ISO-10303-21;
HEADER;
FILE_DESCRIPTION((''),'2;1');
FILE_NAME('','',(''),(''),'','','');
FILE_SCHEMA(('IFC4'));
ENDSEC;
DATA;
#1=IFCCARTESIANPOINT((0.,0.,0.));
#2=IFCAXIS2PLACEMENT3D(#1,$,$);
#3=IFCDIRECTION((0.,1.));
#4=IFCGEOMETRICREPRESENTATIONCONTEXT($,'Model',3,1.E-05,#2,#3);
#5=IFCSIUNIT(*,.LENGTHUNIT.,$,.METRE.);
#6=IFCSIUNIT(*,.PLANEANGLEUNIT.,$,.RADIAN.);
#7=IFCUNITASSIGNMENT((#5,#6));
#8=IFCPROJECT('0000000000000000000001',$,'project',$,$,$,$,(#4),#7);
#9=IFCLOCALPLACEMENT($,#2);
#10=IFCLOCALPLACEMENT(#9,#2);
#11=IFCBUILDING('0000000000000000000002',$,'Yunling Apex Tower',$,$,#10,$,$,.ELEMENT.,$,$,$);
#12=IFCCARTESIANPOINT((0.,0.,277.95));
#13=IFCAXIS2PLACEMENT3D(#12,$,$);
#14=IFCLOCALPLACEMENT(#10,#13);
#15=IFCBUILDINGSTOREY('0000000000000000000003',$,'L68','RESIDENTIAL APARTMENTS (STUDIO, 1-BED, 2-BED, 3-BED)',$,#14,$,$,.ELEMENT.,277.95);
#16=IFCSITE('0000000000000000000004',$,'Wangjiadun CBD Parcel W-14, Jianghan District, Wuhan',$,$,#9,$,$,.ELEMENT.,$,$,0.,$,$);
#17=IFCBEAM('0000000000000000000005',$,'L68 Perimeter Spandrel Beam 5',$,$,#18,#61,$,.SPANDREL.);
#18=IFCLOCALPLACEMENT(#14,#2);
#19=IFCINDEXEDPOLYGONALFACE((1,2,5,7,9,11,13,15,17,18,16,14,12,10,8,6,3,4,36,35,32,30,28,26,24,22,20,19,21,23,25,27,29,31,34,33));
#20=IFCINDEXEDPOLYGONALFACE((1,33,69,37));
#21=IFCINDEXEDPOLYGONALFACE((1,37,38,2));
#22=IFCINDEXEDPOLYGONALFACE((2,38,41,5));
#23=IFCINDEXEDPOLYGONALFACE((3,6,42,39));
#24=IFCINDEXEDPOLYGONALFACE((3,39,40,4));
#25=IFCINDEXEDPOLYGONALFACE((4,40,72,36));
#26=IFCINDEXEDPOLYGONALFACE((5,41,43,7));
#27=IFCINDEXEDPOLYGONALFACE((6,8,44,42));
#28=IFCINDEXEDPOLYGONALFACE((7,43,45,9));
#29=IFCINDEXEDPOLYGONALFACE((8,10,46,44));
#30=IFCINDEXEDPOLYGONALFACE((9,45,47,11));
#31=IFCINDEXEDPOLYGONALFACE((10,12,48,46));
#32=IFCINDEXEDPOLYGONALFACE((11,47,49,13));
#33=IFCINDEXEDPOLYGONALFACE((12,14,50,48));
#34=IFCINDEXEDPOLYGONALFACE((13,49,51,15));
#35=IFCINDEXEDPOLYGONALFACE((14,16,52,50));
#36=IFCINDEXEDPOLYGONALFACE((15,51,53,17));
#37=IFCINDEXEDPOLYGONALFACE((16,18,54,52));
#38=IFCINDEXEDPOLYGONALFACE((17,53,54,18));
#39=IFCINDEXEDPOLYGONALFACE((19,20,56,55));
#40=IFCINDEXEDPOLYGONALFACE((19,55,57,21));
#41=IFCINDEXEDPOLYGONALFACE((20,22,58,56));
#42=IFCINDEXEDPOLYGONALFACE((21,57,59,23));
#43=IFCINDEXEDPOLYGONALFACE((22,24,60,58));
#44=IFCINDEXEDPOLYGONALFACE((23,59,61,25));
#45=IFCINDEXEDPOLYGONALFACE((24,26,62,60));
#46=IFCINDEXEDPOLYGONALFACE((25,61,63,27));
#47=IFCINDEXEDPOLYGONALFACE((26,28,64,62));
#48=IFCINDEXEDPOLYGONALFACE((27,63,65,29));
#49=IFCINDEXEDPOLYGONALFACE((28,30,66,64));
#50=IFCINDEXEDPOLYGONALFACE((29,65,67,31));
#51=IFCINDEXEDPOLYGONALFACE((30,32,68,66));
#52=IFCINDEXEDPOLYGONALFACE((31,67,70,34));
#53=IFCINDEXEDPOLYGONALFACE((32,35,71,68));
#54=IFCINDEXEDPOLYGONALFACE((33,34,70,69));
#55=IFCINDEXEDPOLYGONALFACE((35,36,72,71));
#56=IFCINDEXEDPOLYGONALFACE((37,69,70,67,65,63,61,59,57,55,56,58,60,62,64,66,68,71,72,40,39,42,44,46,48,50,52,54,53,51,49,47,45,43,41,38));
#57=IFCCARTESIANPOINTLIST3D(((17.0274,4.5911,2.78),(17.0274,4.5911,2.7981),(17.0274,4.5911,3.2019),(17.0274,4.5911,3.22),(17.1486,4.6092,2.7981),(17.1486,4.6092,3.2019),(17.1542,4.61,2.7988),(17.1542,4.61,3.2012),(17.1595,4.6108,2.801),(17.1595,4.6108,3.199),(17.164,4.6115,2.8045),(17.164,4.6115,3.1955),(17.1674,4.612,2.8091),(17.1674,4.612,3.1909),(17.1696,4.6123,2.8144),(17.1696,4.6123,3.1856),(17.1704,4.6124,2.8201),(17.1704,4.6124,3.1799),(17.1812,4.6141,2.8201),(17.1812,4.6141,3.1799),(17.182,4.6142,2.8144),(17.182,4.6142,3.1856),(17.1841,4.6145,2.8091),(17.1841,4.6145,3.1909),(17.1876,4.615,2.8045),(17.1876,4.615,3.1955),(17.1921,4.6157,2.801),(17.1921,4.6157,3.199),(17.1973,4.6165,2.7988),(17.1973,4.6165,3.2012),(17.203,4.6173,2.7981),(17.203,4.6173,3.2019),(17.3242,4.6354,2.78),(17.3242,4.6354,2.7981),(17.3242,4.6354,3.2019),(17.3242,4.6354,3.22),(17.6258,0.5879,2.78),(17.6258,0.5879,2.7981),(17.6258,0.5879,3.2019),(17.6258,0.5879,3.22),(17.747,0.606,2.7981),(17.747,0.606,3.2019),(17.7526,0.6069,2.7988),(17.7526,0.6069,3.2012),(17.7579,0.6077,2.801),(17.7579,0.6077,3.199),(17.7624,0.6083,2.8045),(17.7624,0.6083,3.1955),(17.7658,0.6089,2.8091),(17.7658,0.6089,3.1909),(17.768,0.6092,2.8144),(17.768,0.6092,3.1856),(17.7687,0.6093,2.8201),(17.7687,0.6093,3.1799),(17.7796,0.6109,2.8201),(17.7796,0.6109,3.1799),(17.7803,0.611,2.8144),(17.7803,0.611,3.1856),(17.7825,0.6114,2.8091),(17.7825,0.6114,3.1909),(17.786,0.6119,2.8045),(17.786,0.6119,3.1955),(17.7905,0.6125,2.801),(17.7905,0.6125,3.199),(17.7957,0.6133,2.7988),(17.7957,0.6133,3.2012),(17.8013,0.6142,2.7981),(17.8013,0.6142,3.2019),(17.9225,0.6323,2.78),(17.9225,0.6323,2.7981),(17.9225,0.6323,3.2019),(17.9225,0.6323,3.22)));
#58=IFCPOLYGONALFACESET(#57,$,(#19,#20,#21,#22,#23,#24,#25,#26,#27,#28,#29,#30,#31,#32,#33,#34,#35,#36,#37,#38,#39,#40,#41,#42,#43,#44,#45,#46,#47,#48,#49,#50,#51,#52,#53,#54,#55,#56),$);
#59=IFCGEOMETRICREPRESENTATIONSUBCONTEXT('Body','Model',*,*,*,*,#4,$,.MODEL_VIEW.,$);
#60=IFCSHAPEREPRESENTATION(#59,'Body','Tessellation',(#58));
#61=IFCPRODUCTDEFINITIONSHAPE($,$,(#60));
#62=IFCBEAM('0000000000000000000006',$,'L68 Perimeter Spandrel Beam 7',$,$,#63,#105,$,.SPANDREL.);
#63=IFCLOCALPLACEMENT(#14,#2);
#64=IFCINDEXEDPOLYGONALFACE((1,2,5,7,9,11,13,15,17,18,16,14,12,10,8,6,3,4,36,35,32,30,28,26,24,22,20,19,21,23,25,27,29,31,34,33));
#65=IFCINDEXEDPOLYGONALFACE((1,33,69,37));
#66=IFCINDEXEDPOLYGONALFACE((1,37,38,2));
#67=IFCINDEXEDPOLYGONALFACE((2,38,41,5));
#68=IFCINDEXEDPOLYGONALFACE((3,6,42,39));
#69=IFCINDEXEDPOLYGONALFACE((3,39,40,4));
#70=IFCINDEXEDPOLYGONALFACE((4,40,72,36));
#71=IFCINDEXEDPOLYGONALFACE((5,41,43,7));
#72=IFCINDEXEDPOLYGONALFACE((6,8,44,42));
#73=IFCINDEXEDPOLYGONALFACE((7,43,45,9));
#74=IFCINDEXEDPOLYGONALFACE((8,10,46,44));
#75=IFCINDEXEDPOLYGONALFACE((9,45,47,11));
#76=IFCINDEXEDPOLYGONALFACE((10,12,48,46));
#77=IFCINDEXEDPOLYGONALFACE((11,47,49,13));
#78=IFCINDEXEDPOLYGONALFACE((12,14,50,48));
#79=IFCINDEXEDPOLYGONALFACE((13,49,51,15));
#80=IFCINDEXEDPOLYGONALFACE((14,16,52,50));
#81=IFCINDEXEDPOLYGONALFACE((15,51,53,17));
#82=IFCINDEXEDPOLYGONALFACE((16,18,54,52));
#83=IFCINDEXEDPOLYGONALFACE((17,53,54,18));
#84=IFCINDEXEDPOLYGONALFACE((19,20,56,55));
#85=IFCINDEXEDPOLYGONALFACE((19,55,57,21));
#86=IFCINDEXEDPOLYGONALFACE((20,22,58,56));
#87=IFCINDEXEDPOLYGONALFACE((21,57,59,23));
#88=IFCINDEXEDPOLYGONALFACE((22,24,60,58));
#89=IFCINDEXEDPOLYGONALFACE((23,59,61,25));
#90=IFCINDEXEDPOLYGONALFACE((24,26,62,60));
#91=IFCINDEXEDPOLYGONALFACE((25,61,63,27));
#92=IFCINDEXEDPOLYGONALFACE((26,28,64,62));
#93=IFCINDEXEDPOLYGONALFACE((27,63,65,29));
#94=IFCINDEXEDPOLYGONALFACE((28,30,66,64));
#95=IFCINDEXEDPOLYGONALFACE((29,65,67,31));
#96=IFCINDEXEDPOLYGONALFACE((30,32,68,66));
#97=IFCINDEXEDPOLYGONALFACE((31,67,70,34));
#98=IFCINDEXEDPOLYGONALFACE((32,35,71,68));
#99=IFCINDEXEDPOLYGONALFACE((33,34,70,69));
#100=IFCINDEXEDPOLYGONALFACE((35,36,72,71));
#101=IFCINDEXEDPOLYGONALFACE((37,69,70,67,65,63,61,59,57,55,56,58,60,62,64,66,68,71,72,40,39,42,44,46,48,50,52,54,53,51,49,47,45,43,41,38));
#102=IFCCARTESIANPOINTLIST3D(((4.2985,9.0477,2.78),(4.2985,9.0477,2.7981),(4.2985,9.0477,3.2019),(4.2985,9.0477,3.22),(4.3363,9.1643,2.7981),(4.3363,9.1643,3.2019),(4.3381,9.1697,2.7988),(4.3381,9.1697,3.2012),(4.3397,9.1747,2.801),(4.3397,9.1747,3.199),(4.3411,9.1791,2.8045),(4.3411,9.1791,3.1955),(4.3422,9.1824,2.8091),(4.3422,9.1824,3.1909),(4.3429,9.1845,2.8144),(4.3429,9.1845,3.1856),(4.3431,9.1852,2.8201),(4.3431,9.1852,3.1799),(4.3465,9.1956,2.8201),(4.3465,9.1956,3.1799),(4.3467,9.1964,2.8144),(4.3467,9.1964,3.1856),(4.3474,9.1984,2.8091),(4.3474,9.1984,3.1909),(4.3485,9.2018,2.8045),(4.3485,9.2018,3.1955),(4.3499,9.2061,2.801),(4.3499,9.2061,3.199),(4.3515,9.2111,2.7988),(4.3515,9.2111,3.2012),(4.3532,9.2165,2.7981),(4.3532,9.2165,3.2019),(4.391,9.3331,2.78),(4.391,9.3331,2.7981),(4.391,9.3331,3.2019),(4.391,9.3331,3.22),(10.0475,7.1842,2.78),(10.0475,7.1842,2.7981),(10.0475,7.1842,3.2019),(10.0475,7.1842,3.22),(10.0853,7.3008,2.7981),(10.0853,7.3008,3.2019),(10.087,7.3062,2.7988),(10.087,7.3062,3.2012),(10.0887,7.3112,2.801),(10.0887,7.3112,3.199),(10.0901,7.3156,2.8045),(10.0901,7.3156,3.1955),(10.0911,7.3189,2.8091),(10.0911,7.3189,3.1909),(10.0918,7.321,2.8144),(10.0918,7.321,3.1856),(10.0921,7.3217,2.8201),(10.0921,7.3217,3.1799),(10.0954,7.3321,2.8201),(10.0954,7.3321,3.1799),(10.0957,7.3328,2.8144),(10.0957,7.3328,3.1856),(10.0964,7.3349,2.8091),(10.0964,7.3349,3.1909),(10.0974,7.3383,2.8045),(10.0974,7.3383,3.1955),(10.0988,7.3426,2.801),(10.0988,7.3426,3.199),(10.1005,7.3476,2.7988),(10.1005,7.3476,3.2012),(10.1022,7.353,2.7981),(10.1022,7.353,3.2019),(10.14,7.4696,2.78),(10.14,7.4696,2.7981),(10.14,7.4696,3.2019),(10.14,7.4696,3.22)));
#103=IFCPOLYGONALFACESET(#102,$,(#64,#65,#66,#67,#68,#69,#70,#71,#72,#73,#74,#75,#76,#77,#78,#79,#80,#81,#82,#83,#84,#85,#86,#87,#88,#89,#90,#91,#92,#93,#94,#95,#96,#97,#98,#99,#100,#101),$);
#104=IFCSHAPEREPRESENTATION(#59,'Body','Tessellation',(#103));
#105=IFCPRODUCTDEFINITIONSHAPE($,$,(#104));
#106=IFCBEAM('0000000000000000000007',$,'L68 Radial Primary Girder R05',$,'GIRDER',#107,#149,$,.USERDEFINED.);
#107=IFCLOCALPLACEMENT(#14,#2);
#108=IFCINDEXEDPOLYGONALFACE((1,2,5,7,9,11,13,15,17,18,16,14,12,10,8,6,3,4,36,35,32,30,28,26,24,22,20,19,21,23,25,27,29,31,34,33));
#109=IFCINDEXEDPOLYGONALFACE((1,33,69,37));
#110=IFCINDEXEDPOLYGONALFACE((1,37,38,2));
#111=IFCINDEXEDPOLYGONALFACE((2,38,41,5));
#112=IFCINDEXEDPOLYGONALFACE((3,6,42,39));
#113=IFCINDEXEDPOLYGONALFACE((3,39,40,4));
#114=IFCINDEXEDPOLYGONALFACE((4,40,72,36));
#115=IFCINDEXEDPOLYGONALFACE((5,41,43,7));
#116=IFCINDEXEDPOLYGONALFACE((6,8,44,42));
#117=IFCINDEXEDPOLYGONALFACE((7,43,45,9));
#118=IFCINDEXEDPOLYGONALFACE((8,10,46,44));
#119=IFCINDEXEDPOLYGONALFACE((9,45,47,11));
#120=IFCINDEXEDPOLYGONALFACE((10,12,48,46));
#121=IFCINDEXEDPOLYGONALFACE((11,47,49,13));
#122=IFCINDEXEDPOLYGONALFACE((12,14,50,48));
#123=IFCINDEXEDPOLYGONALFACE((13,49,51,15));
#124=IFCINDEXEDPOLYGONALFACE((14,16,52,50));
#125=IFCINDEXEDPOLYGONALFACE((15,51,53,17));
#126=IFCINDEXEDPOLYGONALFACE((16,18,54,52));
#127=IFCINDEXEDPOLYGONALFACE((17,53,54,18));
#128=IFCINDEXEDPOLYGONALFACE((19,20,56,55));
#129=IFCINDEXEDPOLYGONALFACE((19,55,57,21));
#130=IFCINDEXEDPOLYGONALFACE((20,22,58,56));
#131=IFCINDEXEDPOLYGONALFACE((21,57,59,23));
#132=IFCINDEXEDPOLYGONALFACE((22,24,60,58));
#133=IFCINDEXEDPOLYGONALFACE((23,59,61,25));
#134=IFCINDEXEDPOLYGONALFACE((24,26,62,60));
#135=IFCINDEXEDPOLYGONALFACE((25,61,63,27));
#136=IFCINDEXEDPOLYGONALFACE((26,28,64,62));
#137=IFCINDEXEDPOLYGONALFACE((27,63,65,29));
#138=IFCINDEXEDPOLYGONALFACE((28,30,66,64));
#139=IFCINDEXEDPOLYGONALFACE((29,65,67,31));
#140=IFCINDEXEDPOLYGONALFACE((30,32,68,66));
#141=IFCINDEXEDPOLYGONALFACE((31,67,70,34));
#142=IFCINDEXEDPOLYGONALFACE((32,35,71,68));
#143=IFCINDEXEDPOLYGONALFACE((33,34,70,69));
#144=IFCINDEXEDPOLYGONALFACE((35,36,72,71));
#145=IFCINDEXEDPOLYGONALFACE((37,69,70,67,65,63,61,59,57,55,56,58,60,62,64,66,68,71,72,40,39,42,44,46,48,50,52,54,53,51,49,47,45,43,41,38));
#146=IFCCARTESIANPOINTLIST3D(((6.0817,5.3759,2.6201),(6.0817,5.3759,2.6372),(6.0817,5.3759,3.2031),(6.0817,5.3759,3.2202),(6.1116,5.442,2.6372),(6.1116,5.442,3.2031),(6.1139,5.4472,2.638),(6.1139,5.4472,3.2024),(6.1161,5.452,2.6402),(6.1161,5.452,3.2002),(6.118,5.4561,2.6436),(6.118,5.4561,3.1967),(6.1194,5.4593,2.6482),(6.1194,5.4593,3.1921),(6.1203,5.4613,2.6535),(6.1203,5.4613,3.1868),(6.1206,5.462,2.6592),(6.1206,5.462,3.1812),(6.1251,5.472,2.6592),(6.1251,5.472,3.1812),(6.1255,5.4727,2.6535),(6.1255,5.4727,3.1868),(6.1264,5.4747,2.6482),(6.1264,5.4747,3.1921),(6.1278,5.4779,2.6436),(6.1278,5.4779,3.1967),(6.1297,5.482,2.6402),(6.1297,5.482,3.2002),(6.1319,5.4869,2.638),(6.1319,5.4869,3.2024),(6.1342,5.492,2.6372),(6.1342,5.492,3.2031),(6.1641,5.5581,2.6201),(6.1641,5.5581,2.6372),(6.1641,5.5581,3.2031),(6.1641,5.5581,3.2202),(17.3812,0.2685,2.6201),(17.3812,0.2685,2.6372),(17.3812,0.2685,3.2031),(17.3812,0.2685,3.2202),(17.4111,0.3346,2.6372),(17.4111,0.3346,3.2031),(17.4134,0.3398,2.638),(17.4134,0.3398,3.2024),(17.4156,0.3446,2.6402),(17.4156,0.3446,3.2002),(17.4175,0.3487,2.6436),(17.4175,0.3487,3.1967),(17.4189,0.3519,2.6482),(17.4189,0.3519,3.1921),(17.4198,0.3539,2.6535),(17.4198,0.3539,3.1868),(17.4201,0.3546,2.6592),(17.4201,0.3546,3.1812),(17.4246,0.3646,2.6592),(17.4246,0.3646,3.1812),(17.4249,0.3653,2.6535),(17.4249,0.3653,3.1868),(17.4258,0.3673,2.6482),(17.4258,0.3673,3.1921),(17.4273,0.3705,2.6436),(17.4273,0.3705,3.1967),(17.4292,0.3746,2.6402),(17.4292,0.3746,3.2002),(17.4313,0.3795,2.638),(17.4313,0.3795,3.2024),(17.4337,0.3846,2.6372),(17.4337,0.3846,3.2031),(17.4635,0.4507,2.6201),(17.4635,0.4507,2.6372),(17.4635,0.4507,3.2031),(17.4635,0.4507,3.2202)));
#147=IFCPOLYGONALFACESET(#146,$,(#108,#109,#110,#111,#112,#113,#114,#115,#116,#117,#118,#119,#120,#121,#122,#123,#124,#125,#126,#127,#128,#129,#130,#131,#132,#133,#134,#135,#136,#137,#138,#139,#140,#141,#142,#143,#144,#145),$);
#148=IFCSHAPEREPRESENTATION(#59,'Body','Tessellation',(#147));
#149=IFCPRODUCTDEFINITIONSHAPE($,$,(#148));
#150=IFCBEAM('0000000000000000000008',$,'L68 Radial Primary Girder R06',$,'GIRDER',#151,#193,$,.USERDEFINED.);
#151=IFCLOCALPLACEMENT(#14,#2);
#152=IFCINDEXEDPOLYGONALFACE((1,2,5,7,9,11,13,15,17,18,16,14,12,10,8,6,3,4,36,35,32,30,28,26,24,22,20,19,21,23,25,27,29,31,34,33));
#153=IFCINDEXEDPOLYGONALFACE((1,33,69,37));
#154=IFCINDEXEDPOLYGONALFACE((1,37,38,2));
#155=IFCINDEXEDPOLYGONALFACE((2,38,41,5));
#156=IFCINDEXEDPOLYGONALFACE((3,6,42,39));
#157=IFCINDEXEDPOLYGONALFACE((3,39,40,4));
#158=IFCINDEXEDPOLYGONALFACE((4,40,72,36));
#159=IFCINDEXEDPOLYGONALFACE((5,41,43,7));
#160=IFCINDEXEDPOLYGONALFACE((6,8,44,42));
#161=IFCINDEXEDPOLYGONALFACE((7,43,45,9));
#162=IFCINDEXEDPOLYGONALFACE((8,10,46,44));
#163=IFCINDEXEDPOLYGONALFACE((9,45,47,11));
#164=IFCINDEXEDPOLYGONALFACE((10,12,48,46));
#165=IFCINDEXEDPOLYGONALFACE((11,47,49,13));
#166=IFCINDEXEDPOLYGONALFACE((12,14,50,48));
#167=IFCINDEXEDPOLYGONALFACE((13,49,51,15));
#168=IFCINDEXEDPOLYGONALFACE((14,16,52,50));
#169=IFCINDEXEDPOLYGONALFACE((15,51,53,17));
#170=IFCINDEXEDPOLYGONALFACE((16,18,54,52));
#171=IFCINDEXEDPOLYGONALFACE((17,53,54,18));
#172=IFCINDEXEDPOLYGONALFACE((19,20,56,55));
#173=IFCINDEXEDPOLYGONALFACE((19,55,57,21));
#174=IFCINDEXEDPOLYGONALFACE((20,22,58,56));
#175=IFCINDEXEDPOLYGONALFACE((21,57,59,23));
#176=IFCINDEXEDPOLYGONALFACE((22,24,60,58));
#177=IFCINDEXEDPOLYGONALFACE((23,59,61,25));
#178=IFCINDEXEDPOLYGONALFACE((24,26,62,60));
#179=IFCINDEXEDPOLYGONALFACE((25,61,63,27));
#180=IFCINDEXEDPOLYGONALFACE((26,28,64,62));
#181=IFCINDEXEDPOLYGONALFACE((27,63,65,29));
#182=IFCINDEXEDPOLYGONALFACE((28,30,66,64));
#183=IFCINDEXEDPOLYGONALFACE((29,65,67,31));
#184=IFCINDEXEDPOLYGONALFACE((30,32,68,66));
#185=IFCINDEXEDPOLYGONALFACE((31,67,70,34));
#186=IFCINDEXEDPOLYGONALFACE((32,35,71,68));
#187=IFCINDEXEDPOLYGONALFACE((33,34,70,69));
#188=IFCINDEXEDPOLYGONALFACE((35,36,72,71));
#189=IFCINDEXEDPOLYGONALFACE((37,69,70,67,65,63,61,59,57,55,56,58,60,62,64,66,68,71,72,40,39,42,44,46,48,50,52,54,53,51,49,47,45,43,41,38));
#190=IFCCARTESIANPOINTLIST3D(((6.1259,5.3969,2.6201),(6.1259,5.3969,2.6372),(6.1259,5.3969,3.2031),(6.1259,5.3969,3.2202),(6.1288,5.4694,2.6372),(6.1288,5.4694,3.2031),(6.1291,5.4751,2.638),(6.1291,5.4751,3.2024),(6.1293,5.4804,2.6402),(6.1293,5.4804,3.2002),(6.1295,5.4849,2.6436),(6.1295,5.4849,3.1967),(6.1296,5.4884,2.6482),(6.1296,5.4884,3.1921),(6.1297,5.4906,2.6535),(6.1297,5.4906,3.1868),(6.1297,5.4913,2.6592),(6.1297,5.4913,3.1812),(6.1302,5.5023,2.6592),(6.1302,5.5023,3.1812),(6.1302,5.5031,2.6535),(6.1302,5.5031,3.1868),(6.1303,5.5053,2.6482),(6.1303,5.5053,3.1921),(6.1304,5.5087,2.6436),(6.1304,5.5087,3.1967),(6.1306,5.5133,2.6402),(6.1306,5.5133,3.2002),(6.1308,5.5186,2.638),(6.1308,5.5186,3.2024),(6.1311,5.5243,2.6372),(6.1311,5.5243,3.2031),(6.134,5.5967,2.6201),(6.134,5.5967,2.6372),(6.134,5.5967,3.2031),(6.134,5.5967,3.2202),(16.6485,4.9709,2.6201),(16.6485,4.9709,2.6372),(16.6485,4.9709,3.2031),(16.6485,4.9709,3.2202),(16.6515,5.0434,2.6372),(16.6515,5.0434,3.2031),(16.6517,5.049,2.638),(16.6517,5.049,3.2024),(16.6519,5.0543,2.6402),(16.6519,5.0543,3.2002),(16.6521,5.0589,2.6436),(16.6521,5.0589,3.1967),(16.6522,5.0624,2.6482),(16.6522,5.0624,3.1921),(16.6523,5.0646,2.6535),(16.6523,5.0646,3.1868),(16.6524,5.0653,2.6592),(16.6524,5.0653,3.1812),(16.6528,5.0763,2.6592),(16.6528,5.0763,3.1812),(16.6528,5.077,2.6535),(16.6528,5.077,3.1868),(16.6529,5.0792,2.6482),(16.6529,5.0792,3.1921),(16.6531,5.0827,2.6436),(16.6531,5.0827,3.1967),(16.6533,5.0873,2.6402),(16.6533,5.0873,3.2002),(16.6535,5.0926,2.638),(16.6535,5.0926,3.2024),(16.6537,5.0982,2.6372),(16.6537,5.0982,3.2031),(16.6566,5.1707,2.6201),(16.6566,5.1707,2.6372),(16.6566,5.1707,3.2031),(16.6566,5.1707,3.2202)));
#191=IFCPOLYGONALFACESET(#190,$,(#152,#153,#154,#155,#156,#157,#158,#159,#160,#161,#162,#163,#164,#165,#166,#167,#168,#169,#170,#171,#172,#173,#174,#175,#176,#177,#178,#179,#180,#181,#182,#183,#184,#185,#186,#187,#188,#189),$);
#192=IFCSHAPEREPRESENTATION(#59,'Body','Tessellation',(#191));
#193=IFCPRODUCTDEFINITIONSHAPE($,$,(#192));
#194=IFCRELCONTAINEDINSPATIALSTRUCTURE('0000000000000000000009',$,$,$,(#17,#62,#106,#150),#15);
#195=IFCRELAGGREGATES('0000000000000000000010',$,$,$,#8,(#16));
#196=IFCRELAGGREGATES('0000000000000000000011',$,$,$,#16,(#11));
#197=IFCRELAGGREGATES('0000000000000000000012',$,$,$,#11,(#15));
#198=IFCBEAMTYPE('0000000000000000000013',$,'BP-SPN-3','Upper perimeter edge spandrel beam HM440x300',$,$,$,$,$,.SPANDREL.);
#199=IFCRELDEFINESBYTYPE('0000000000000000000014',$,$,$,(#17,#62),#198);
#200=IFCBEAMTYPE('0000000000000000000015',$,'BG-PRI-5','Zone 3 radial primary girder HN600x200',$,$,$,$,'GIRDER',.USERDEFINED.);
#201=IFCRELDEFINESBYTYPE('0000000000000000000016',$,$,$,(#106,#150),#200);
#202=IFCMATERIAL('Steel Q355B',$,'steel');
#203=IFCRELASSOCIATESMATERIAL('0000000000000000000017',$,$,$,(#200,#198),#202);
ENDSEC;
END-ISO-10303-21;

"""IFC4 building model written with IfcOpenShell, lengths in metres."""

from ifc_helpers import new_model, si_unit, direction, frame, origin, origin_2d, place, context, subcontext, project, spatial, i_section, extrude, source, transform, mapped, material, material_profile, profile_set, type_object, element, save


model = new_model("IFC4")

# Units and contexts
model_context = context("Model", 3, precision=1e-05, world=origin(), true_north=direction((0.0, 1.0)))
body_context = subcontext(model_context, "Body", "Model", "MODEL_VIEW")
ifc_project = project(units=[si_unit("LENGTHUNIT", "METRE"), si_unit("PLANEANGLEUNIT", "RADIAN")], contexts=[model_context])

# Site, building, storey
site_placement = place(None, origin())
site = spatial("IfcSite", under=ifc_project, at=site_placement, Name="Wangjiadun CBD Parcel W-14, Jianghan District, Wuhan", CompositionType="ELEMENT", RefElevation=0.0)
building_placement = place(site_placement, origin())
building = spatial("IfcBuilding", under=site, at=building_placement, Name="Yunling Apex Tower", CompositionType="ELEMENT")
storey_placement = place(building_placement, frame((0.0, 0.0, 277.95)))
storey = spatial("IfcBuildingStorey", under=building, at=storey_placement, Name="L68", Description="RESIDENTIAL APARTMENTS (STUDIO, 1-BED, 2-BED, 3-BED)", CompositionType="ELEMENT", Elevation=277.95)

# Shared definitions
ifc_material_1 = material(Name="Steel Q355B", Category="steel")

# Beams
ifc_material_profile_1 = material_profile(ifc_material_1, i_section(OverallWidth=0.2, OverallDepth=0.6001, WebThickness=0.011, FlangeThickness=0.0171, FilletRadius=0.022, at=origin_2d()))
ifc_profile_set_1 = profile_set([ifc_material_profile_1], Name="Steel Q355B")
beam_type_1 = type_object("IfcBeamType", Name="BG-PRI-5", Description="Zone 3 radial primary girder HN600x200", ElementType="GIRDER", PredefinedType="USERDEFINED", material=ifc_profile_set_1)
ifc_material_profile_2 = material_profile(ifc_material_1, i_section(OverallWidth=0.3, OverallDepth=0.4399, WebThickness=0.011, FlangeThickness=0.0181, FilletRadius=0.022, at=origin_2d()))
ifc_profile_set_2 = profile_set([ifc_material_profile_2], Name="Steel Q355B")
beam_type_2 = type_object("IfcBeamType", Name="BP-SPN-3", Description="Upper perimeter edge spandrel beam HM440x300", PredefinedType="SPANDREL", material=ifc_profile_set_2)
shared_shape_1 = source(origin(), body_context, "Body", "SweptSolid", [
    extrude(i_section(OverallWidth=0.3, OverallDepth=0.4399, WebThickness=0.011, FlangeThickness=0.0181, FilletRadius=0.022, at=origin_2d()), origin(), (0.0, 0.0, 1.0), 4.0476),
])
beam_1_placement = place(storey_placement, frame((17.7742, 0.6101, 3.0), z_axis=(-0.147836, 0.989012, 0.0), x_axis=(-0.989012, -0.147836, 0.0)))
element("IfcBeam", 1, at=beam_1_placement, inside=storey, type_object=beam_type_2, Name="L68 Perimeter Spandrel Beam 5", PredefinedType="SPANDREL", context=body_context, shape_type="MappedRepresentation", body=[
    mapped(shared_shape_1, transform((0.0, 0.0, 0.0), scale=1.0)),
])
shared_shape_2 = source(origin(), body_context, "Body", "SweptSolid", [
    extrude(i_section(OverallWidth=0.3, OverallDepth=0.4399, WebThickness=0.011, FlangeThickness=0.0181, FilletRadius=0.022, at=origin_2d()), origin(), (0.0, 0.0, 1.0), 6.0435),
])
beam_2_placement = place(storey_placement, frame((10.0938, 7.3269, 3.0), z_axis=(-0.951272, 0.308352, 0.0), x_axis=(-0.308352, -0.951272, 0.0)))
element("IfcBeam", 2, at=beam_2_placement, inside=storey, type_object=beam_type_2, Name="L68 Perimeter Spandrel Beam 7", PredefinedType="SPANDREL", context=body_context, shape_type="MappedRepresentation", body=[
    mapped(shared_shape_2, transform((0.0, 0.0, 0.0), scale=1.0)),
])
shared_shape_3 = source(origin(), body_context, "Body", "SweptSolid", [
    extrude(i_section(OverallWidth=0.2, OverallDepth=0.6001, WebThickness=0.011, FlangeThickness=0.0171, FilletRadius=0.022, at=origin_2d()), origin(), (0.0, 0.0, 1.0), 12.4001),
])
beam_3_placement = place(storey_placement, frame((17.4224, 0.3596, 2.9202), z_axis=(-0.911238, 0.411881, 0.0), x_axis=(-0.411881, -0.911238, 0.0)))
element("IfcBeam", 3, at=beam_3_placement, inside=storey, type_object=beam_type_1, Name="L68 Radial Primary Girder R05", ObjectType="GIRDER", PredefinedType="USERDEFINED", context=body_context, shape_type="MappedRepresentation", body=[
    mapped(shared_shape_3, transform((0.0, 0.0, 0.0), scale=1.0)),
])
shared_shape_4 = source(origin(), body_context, "Body", "SweptSolid", [
    extrude(i_section(OverallWidth=0.2, OverallDepth=0.6001, WebThickness=0.011, FlangeThickness=0.0171, FilletRadius=0.022, at=origin_2d()), origin(), (0.0, 0.0, 1.0), 10.5312),
])
beam_4_placement = place(storey_placement, frame((16.6526, 5.0708, 2.9202), z_axis=(-0.999181, 0.040453, 0.0), x_axis=(-0.040453, -0.999181, 0.0)))
element("IfcBeam", 4, at=beam_4_placement, inside=storey, type_object=beam_type_1, Name="L68 Radial Primary Girder R06", ObjectType="GIRDER", PredefinedType="USERDEFINED", context=body_context, shape_type="MappedRepresentation", body=[
    mapped(shared_shape_4, transform((0.0, 0.0, 0.0), scale=1.0)),
])

save(model, "model.ifc")
